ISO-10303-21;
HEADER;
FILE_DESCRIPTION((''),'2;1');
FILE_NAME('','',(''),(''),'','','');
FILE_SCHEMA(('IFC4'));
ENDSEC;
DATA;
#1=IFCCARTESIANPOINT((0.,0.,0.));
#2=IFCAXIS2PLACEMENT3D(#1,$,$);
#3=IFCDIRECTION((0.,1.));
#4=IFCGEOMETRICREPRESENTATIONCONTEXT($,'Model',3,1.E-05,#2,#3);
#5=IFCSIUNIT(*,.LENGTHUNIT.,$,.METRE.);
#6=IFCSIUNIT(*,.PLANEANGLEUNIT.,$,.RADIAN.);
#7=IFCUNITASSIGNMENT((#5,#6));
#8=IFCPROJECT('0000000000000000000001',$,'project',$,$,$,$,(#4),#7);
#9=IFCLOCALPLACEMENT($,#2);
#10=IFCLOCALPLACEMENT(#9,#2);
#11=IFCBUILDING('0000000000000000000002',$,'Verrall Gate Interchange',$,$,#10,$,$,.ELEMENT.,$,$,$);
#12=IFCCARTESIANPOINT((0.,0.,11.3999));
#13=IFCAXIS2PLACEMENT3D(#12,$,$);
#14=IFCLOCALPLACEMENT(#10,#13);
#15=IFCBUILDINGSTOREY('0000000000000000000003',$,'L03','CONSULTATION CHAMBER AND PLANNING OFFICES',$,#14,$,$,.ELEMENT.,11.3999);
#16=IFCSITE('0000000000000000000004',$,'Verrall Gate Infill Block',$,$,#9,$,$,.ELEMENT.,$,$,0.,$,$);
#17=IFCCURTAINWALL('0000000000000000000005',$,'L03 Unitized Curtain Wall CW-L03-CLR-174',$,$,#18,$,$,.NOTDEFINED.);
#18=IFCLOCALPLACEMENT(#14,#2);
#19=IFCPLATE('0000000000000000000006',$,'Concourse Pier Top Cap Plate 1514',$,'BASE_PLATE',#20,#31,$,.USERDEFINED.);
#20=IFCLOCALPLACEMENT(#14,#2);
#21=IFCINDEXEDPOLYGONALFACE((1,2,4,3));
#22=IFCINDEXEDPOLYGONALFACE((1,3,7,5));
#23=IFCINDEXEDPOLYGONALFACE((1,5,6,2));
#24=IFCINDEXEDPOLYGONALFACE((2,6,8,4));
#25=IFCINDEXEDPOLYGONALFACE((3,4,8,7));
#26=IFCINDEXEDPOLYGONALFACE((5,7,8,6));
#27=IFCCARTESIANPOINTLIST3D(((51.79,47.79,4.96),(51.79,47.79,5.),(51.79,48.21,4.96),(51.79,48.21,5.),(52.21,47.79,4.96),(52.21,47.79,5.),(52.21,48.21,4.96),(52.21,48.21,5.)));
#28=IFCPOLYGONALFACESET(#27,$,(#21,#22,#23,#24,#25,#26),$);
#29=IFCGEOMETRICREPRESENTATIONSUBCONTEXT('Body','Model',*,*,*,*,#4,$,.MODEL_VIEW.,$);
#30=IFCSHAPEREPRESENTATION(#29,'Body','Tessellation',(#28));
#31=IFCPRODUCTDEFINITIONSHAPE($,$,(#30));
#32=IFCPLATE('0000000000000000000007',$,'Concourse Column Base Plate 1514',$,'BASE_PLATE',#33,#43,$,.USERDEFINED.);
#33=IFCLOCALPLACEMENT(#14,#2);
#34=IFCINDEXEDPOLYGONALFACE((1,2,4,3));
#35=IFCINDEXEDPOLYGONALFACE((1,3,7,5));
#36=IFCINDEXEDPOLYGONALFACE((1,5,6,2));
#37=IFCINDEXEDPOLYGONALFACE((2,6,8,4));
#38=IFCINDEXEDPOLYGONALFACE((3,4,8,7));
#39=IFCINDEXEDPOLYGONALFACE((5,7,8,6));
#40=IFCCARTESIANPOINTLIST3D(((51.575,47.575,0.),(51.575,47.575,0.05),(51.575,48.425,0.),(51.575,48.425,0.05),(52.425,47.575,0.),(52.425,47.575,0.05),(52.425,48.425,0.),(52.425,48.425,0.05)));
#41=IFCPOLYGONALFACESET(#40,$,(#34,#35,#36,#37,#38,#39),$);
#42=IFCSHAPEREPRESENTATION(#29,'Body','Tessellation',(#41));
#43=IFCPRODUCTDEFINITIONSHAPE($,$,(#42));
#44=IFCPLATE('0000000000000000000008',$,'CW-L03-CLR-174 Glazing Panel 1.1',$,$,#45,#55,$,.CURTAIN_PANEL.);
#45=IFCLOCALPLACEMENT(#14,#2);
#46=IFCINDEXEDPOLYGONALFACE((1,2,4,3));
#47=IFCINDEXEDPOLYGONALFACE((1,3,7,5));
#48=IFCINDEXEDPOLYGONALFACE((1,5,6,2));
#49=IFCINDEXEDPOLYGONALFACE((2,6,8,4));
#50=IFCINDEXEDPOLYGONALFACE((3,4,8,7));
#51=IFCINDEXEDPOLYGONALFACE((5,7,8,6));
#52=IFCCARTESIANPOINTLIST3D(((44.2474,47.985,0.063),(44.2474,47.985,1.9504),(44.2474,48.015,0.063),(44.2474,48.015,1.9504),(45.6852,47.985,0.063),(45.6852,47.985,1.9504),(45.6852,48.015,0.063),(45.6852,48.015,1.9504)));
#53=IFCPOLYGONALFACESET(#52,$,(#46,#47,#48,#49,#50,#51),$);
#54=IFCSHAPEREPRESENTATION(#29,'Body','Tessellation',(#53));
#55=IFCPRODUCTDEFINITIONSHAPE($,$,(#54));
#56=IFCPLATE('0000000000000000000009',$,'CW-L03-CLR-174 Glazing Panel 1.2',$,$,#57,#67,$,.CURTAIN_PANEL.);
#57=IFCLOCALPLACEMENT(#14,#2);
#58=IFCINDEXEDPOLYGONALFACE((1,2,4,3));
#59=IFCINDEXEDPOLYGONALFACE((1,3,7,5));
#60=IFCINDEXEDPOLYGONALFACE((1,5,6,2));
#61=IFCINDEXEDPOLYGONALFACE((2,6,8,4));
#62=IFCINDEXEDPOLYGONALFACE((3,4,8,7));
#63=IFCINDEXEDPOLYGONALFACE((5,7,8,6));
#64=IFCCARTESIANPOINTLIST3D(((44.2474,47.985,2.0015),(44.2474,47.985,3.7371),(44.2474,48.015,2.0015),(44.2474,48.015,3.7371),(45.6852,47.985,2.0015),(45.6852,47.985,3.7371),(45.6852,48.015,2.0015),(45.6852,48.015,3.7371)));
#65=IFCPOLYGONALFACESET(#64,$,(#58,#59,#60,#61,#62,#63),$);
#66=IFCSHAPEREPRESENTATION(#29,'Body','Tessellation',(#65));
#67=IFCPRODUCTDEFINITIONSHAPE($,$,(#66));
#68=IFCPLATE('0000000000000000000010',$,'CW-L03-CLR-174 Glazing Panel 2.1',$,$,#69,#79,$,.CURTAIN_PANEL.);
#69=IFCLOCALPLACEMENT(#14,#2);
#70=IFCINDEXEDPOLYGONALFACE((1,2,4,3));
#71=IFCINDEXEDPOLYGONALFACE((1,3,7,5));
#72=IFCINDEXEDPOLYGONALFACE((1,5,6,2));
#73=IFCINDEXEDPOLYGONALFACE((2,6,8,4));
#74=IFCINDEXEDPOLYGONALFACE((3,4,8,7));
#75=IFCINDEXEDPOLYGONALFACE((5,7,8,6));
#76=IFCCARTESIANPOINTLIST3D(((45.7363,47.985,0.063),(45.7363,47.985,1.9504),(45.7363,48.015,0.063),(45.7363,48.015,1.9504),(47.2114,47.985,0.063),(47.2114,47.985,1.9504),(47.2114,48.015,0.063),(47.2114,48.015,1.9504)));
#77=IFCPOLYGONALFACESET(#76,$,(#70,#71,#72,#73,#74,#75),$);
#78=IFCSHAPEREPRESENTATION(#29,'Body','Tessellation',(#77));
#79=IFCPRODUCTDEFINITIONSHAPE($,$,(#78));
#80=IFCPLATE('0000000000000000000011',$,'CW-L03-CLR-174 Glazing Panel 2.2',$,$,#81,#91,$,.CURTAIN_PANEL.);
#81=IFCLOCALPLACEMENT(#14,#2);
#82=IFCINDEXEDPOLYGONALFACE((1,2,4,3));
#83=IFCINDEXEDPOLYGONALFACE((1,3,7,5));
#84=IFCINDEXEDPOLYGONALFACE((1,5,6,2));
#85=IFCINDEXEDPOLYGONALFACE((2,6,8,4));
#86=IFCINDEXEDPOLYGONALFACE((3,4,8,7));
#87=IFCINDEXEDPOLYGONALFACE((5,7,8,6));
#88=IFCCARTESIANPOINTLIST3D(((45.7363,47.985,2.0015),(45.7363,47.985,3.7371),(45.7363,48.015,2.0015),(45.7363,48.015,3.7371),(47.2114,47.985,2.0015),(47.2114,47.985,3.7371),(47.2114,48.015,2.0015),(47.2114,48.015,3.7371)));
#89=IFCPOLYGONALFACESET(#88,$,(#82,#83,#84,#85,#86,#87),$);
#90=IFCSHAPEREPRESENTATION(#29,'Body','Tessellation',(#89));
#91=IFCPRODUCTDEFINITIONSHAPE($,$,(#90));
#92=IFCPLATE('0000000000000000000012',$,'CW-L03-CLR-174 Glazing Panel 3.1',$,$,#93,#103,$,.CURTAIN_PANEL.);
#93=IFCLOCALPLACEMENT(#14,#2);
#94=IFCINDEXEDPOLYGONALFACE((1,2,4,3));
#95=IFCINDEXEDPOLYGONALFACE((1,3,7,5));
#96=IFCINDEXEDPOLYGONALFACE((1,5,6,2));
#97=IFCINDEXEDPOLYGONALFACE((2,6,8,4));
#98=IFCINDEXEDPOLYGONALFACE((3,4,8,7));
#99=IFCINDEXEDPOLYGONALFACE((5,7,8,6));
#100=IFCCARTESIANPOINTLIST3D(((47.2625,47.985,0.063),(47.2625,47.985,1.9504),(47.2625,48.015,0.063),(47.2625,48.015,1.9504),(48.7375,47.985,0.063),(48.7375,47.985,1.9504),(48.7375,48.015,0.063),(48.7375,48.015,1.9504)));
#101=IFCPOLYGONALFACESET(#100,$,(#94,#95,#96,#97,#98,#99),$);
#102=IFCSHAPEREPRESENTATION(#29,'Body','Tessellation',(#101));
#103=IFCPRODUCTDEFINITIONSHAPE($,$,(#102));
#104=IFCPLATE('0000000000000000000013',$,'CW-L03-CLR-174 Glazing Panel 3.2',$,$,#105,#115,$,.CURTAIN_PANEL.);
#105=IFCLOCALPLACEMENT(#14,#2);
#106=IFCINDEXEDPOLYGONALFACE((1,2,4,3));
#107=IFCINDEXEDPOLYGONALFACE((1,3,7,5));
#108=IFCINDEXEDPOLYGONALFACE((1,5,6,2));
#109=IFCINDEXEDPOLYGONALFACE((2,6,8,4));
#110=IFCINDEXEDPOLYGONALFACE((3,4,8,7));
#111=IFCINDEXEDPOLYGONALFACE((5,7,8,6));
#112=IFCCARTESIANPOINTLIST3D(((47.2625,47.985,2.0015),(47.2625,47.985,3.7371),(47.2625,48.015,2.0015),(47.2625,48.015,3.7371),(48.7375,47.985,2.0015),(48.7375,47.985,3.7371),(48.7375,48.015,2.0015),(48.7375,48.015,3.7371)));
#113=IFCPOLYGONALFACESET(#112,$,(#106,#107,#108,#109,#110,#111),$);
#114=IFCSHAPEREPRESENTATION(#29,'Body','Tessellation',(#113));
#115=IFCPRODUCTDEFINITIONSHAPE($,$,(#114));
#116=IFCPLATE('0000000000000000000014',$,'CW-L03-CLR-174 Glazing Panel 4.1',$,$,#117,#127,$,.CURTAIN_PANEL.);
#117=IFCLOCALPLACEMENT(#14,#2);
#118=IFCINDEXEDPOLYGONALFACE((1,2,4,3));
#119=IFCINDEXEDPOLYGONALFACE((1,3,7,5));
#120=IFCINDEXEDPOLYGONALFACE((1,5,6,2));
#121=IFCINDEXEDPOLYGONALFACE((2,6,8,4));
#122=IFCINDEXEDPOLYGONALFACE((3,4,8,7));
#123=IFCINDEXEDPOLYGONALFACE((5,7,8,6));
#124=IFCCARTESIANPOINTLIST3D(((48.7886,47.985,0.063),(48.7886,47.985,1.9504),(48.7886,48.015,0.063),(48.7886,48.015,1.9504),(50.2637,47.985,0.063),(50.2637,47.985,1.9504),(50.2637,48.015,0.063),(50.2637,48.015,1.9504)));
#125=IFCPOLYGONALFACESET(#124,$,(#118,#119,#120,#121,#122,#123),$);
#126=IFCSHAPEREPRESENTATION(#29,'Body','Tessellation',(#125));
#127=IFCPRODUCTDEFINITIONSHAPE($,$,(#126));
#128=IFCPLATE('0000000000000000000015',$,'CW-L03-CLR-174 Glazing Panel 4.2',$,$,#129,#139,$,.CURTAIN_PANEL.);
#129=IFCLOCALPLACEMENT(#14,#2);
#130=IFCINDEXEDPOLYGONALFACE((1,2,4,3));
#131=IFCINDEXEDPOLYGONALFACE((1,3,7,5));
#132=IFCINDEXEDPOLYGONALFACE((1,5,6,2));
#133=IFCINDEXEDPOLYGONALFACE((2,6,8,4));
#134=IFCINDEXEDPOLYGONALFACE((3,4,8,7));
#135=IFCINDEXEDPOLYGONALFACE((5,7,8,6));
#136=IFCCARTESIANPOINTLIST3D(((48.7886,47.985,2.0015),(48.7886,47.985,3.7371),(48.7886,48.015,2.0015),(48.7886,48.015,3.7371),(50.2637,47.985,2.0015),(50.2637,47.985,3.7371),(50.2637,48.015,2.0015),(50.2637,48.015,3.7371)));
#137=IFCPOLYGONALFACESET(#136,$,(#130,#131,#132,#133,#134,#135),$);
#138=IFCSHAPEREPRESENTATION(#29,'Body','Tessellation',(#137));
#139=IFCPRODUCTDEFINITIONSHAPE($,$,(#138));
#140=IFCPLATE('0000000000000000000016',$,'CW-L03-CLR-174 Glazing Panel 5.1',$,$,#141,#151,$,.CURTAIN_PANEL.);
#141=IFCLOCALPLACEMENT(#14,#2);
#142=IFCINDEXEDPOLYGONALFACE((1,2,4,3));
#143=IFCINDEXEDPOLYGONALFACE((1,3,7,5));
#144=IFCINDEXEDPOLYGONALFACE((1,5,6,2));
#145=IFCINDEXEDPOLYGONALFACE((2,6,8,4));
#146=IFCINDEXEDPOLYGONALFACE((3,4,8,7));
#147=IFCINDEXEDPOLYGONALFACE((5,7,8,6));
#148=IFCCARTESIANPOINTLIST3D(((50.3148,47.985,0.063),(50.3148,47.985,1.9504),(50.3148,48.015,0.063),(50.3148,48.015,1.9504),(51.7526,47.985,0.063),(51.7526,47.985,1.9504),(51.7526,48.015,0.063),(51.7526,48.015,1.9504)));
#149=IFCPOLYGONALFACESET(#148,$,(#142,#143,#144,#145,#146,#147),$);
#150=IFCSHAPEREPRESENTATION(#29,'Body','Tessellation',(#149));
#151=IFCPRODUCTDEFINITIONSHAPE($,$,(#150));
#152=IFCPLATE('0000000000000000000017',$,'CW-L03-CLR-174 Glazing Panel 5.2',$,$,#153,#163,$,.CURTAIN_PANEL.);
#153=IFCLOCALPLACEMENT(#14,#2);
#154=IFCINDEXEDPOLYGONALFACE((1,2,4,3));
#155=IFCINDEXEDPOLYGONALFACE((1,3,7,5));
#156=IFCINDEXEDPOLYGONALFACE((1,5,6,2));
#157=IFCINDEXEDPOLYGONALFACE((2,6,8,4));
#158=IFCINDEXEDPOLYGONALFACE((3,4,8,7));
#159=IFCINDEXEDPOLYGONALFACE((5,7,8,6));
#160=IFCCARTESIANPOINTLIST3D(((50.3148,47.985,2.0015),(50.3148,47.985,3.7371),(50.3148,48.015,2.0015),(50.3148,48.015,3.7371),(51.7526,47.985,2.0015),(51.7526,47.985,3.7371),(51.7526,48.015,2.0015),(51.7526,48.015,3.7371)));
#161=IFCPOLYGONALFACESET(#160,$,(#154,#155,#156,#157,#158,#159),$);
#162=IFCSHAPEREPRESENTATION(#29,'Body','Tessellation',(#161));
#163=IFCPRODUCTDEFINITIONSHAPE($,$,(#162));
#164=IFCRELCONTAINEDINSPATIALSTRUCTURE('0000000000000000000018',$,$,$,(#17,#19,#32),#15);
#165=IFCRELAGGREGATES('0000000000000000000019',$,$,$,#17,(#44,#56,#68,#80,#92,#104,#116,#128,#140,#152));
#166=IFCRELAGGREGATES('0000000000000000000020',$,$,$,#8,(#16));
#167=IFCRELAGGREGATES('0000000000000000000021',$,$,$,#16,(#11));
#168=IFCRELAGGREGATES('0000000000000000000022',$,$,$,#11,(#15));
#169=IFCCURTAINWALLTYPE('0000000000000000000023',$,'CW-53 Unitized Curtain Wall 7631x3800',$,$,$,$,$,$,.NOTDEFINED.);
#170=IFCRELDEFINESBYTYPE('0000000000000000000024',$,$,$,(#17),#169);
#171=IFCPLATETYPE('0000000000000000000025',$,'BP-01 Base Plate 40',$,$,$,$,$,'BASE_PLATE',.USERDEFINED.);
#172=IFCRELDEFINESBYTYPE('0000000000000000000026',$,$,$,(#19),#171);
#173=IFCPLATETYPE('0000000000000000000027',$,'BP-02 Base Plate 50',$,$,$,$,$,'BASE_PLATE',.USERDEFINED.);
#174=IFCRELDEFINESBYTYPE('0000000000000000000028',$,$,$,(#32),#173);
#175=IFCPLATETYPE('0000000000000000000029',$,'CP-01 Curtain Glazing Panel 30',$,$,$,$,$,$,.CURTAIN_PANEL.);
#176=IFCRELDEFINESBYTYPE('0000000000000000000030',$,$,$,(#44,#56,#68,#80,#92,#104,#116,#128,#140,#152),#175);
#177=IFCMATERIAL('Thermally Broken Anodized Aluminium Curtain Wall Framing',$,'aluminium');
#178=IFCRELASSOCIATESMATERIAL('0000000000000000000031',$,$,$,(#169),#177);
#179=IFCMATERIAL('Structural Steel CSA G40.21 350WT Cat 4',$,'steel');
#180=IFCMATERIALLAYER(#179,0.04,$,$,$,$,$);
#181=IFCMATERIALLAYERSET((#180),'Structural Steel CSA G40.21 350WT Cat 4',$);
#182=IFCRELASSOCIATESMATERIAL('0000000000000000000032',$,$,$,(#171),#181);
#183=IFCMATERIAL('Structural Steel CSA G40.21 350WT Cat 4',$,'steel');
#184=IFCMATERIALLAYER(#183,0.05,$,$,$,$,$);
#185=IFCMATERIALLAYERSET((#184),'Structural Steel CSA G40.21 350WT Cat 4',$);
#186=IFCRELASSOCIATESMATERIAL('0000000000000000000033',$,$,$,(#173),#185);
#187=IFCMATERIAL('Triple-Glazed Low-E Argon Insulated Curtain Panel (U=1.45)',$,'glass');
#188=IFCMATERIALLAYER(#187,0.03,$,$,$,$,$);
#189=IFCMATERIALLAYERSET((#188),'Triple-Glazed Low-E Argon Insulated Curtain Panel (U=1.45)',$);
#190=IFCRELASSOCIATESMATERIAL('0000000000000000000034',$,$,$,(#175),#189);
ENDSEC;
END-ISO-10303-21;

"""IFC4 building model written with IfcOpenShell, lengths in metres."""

from ifc_helpers import new_model, si_unit, direction, frame, origin, origin_2d, place, context, subcontext, project, spatial, rectangle, extrude, material, layer, layer_set, type_object, element, aggregate, save


model = new_model("IFC4")

# Units and contexts
model_context = context("Model", 3, precision=1e-05, world=origin(), true_north=direction((0.0, 1.0)))
body_context = subcontext(model_context, "Body", "Model", "MODEL_VIEW")
ifc_project = project(units=[si_unit("LENGTHUNIT", "METRE"), si_unit("PLANEANGLEUNIT", "RADIAN")], contexts=[model_context])

# Site, building, storey
site_placement = place(None, origin())
site = spatial("IfcSite", under=ifc_project, at=site_placement, Name="Verrall Gate Infill Block", CompositionType="ELEMENT", RefElevation=0.0)
building_placement = place(site_placement, origin())
building = spatial("IfcBuilding", under=site, at=building_placement, Name="Verrall Gate Interchange", CompositionType="ELEMENT")
storey_placement = place(building_placement, frame((0.0, 0.0, 11.3999)))
storey = spatial("IfcBuildingStorey", under=building, at=storey_placement, Name="L03", Description="CONSULTATION CHAMBER AND PLANNING OFFICES", CompositionType="ELEMENT", Elevation=11.3999)

# Curtain wall
ifc_material_1 = material(Name="Thermally Broken Anodized Aluminium Curtain Wall Framing", Category="aluminium")
curtain_wall_type = type_object("IfcCurtainWallType", Name="CW-53 Unitized Curtain Wall 7631x3800", PredefinedType="NOTDEFINED", material=ifc_material_1)
curtain_wall_placement = place(storey_placement, origin())
curtain_wall = element("IfcCurtainWall", 1, at=curtain_wall_placement, inside=storey, type_object=curtain_wall_type, Name="L03 Unitized Curtain Wall CW-L03-CLR-174", PredefinedType="NOTDEFINED")

# Plates
ifc_material_2 = material(Name="Structural Steel CSA G40.21 350WT Cat 4", Category="steel")
ifc_layer_1 = layer(ifc_material_2, 0.04)
ifc_layer_set_1 = layer_set([ifc_layer_1], Name="Structural Steel CSA G40.21 350WT Cat 4")
plate_type_1 = type_object("IfcPlateType", Name="BP-01 Base Plate 40", ElementType="BASE_PLATE", PredefinedType="USERDEFINED", material=ifc_layer_set_1)
plate_1_placement = place(storey_placement, frame((52.0, 48.0, 4.96), z_axis=(0.0, 0.0, 1.0), x_axis=(1.0, 0.0, 0.0)))
element("IfcPlate", 2, at=plate_1_placement, inside=storey, type_object=plate_type_1, Name="Concourse Pier Top Cap Plate 1514", ObjectType="BASE_PLATE", PredefinedType="USERDEFINED", context=body_context, shape_type="SweptSolid", body=[
    extrude(rectangle(XDim=0.4199, YDim=0.4199, at=origin_2d()), origin(), (0.0, 0.0, 1.0), 0.04),
])
ifc_material_3 = material(Name="Structural Steel CSA G40.21 350WT Cat 4", Category="steel")
ifc_layer_2 = layer(ifc_material_3, 0.05)
ifc_layer_set_2 = layer_set([ifc_layer_2], Name="Structural Steel CSA G40.21 350WT Cat 4")
plate_type_2 = type_object("IfcPlateType", Name="BP-02 Base Plate 50", ElementType="BASE_PLATE", PredefinedType="USERDEFINED", material=ifc_layer_set_2)
plate_2_placement = place(storey_placement, frame((52.0, 48.0, 0.0), z_axis=(0.0, 0.0, 1.0), x_axis=(1.0, 0.0, 0.0)))
element("IfcPlate", 3, at=plate_2_placement, inside=storey, type_object=plate_type_2, Name="Concourse Column Base Plate 1514", ObjectType="BASE_PLATE", PredefinedType="USERDEFINED", context=body_context, shape_type="SweptSolid", body=[
    extrude(rectangle(XDim=0.8501, YDim=0.8501, at=origin_2d()), origin(), (0.0, 0.0, 1.0), 0.05),
])

# Plates
ifc_material_4 = material(Name="Triple-Glazed Low-E Argon Insulated Curtain Panel (U=1.45)", Category="glass")
ifc_layer_3 = layer(ifc_material_4, 0.03)
ifc_layer_set_3 = layer_set([ifc_layer_3], Name="Triple-Glazed Low-E Argon Insulated Curtain Panel (U=1.45)")
plate_type_3 = type_object("IfcPlateType", Name="CP-01 Curtain Glazing Panel 30", PredefinedType="CURTAIN_PANEL", material=ifc_layer_set_3)
plate_3_placement = place(storey_placement, frame((44.9663, 48.0, 0.063), z_axis=(0.0, 0.0, 1.0), x_axis=(1.0, 0.0, 0.0)))
plate_3 = element("IfcPlate", 4, at=plate_3_placement, type_object=plate_type_3, Name="CW-L03-CLR-174 Glazing Panel 1.1", PredefinedType="CURTAIN_PANEL", context=body_context, shape_type="SweptSolid", body=[
    extrude(rectangle(XDim=1.4377, YDim=0.03, at=origin_2d()), origin(), (0.0, 0.0, 1.0), 1.8875),
])
plate_4_placement = place(storey_placement, frame((44.9663, 48.0, 2.0015), z_axis=(0.0, 0.0, 1.0), x_axis=(1.0, 0.0, 0.0)))
plate_4 = element("IfcPlate", 5, at=plate_4_placement, type_object=plate_type_3, Name="CW-L03-CLR-174 Glazing Panel 1.2", PredefinedType="CURTAIN_PANEL", context=body_context, shape_type="SweptSolid", body=[
    extrude(rectangle(XDim=1.4377, YDim=0.03, at=origin_2d()), origin(), (0.0, 0.0, 1.0), 1.7356),
])
plate_5_placement = place(storey_placement, frame((46.4739, 48.0, 0.063), z_axis=(0.0, 0.0, 1.0), x_axis=(1.0, 0.0, 0.0)))
plate_5 = element("IfcPlate", 6, at=plate_5_placement, type_object=plate_type_3, Name="CW-L03-CLR-174 Glazing Panel 2.1", PredefinedType="CURTAIN_PANEL", context=body_context, shape_type="SweptSolid", body=[
    extrude(rectangle(XDim=1.4751, YDim=0.03, at=origin_2d()), origin(), (0.0, 0.0, 1.0), 1.8875),
])
plate_6_placement = place(storey_placement, frame((46.4739, 48.0, 2.0015), z_axis=(0.0, 0.0, 1.0), x_axis=(1.0, 0.0, 0.0)))
plate_6 = element("IfcPlate", 7, at=plate_6_placement, type_object=plate_type_3, Name="CW-L03-CLR-174 Glazing Panel 2.2", PredefinedType="CURTAIN_PANEL", context=body_context, shape_type="SweptSolid", body=[
    extrude(rectangle(XDim=1.4751, YDim=0.03, at=origin_2d()), origin(), (0.0, 0.0, 1.0), 1.7356),
])
plate_7_placement = place(storey_placement, frame((48.0, 48.0, 0.063), z_axis=(0.0, 0.0, 1.0), x_axis=(1.0, 0.0, 0.0)))
plate_7 = element("IfcPlate", 8, at=plate_7_placement, type_object=plate_type_3, Name="CW-L03-CLR-174 Glazing Panel 3.1", PredefinedType="CURTAIN_PANEL", context=body_context, shape_type="SweptSolid", body=[
    extrude(rectangle(XDim=1.4751, YDim=0.03, at=origin_2d()), origin(), (0.0, 0.0, 1.0), 1.8875),
])
plate_8_placement = place(storey_placement, frame((48.0, 48.0, 2.0015), z_axis=(0.0, 0.0, 1.0), x_axis=(1.0, 0.0, 0.0)))
plate_8 = element("IfcPlate", 9, at=plate_8_placement, type_object=plate_type_3, Name="CW-L03-CLR-174 Glazing Panel 3.2", PredefinedType="CURTAIN_PANEL", context=body_context, shape_type="SweptSolid", body=[
    extrude(rectangle(XDim=1.4751, YDim=0.03, at=origin_2d()), origin(), (0.0, 0.0, 1.0), 1.7356),
])
plate_9_placement = place(storey_placement, frame((49.5261, 48.0, 0.063), z_axis=(0.0, 0.0, 1.0), x_axis=(1.0, 0.0, 0.0)))
plate_9 = element("IfcPlate", 10, at=plate_9_placement, type_object=plate_type_3, Name="CW-L03-CLR-174 Glazing Panel 4.1", PredefinedType="CURTAIN_PANEL", context=body_context, shape_type="SweptSolid", body=[
    extrude(rectangle(XDim=1.4751, YDim=0.03, at=origin_2d()), origin(), (0.0, 0.0, 1.0), 1.8875),
])
plate_10_placement = place(storey_placement, frame((49.5261, 48.0, 2.0015), z_axis=(0.0, 0.0, 1.0), x_axis=(1.0, 0.0, 0.0)))
plate_10 = element("IfcPlate", 11, at=plate_10_placement, type_object=plate_type_3, Name="CW-L03-CLR-174 Glazing Panel 4.2", PredefinedType="CURTAIN_PANEL", context=body_context, shape_type="SweptSolid", body=[
    extrude(rectangle(XDim=1.4751, YDim=0.03, at=origin_2d()), origin(), (0.0, 0.0, 1.0), 1.7356),
])
plate_11_placement = place(storey_placement, frame((51.0337, 48.0, 0.063), z_axis=(0.0, 0.0, 1.0), x_axis=(1.0, 0.0, 0.0)))
plate_11 = element("IfcPlate", 12, at=plate_11_placement, type_object=plate_type_3, Name="CW-L03-CLR-174 Glazing Panel 5.1", PredefinedType="CURTAIN_PANEL", context=body_context, shape_type="SweptSolid", body=[
    extrude(rectangle(XDim=1.4377, YDim=0.03, at=origin_2d()), origin(), (0.0, 0.0, 1.0), 1.8875),
])
plate_12_placement = place(storey_placement, frame((51.0337, 48.0, 2.0015), z_axis=(0.0, 0.0, 1.0), x_axis=(1.0, 0.0, 0.0)))
plate_12 = element("IfcPlate", 13, at=plate_12_placement, type_object=plate_type_3, Name="CW-L03-CLR-174 Glazing Panel 5.2", PredefinedType="CURTAIN_PANEL", context=body_context, shape_type="SweptSolid", body=[
    extrude(rectangle(XDim=1.4377, YDim=0.03, at=origin_2d()), origin(), (0.0, 0.0, 1.0), 1.7356),
])
aggregate(curtain_wall, [plate_3, plate_4, plate_5, plate_6, plate_7, plate_8, plate_9, plate_10, plate_11, plate_12])

save(model, "model.ifc")
